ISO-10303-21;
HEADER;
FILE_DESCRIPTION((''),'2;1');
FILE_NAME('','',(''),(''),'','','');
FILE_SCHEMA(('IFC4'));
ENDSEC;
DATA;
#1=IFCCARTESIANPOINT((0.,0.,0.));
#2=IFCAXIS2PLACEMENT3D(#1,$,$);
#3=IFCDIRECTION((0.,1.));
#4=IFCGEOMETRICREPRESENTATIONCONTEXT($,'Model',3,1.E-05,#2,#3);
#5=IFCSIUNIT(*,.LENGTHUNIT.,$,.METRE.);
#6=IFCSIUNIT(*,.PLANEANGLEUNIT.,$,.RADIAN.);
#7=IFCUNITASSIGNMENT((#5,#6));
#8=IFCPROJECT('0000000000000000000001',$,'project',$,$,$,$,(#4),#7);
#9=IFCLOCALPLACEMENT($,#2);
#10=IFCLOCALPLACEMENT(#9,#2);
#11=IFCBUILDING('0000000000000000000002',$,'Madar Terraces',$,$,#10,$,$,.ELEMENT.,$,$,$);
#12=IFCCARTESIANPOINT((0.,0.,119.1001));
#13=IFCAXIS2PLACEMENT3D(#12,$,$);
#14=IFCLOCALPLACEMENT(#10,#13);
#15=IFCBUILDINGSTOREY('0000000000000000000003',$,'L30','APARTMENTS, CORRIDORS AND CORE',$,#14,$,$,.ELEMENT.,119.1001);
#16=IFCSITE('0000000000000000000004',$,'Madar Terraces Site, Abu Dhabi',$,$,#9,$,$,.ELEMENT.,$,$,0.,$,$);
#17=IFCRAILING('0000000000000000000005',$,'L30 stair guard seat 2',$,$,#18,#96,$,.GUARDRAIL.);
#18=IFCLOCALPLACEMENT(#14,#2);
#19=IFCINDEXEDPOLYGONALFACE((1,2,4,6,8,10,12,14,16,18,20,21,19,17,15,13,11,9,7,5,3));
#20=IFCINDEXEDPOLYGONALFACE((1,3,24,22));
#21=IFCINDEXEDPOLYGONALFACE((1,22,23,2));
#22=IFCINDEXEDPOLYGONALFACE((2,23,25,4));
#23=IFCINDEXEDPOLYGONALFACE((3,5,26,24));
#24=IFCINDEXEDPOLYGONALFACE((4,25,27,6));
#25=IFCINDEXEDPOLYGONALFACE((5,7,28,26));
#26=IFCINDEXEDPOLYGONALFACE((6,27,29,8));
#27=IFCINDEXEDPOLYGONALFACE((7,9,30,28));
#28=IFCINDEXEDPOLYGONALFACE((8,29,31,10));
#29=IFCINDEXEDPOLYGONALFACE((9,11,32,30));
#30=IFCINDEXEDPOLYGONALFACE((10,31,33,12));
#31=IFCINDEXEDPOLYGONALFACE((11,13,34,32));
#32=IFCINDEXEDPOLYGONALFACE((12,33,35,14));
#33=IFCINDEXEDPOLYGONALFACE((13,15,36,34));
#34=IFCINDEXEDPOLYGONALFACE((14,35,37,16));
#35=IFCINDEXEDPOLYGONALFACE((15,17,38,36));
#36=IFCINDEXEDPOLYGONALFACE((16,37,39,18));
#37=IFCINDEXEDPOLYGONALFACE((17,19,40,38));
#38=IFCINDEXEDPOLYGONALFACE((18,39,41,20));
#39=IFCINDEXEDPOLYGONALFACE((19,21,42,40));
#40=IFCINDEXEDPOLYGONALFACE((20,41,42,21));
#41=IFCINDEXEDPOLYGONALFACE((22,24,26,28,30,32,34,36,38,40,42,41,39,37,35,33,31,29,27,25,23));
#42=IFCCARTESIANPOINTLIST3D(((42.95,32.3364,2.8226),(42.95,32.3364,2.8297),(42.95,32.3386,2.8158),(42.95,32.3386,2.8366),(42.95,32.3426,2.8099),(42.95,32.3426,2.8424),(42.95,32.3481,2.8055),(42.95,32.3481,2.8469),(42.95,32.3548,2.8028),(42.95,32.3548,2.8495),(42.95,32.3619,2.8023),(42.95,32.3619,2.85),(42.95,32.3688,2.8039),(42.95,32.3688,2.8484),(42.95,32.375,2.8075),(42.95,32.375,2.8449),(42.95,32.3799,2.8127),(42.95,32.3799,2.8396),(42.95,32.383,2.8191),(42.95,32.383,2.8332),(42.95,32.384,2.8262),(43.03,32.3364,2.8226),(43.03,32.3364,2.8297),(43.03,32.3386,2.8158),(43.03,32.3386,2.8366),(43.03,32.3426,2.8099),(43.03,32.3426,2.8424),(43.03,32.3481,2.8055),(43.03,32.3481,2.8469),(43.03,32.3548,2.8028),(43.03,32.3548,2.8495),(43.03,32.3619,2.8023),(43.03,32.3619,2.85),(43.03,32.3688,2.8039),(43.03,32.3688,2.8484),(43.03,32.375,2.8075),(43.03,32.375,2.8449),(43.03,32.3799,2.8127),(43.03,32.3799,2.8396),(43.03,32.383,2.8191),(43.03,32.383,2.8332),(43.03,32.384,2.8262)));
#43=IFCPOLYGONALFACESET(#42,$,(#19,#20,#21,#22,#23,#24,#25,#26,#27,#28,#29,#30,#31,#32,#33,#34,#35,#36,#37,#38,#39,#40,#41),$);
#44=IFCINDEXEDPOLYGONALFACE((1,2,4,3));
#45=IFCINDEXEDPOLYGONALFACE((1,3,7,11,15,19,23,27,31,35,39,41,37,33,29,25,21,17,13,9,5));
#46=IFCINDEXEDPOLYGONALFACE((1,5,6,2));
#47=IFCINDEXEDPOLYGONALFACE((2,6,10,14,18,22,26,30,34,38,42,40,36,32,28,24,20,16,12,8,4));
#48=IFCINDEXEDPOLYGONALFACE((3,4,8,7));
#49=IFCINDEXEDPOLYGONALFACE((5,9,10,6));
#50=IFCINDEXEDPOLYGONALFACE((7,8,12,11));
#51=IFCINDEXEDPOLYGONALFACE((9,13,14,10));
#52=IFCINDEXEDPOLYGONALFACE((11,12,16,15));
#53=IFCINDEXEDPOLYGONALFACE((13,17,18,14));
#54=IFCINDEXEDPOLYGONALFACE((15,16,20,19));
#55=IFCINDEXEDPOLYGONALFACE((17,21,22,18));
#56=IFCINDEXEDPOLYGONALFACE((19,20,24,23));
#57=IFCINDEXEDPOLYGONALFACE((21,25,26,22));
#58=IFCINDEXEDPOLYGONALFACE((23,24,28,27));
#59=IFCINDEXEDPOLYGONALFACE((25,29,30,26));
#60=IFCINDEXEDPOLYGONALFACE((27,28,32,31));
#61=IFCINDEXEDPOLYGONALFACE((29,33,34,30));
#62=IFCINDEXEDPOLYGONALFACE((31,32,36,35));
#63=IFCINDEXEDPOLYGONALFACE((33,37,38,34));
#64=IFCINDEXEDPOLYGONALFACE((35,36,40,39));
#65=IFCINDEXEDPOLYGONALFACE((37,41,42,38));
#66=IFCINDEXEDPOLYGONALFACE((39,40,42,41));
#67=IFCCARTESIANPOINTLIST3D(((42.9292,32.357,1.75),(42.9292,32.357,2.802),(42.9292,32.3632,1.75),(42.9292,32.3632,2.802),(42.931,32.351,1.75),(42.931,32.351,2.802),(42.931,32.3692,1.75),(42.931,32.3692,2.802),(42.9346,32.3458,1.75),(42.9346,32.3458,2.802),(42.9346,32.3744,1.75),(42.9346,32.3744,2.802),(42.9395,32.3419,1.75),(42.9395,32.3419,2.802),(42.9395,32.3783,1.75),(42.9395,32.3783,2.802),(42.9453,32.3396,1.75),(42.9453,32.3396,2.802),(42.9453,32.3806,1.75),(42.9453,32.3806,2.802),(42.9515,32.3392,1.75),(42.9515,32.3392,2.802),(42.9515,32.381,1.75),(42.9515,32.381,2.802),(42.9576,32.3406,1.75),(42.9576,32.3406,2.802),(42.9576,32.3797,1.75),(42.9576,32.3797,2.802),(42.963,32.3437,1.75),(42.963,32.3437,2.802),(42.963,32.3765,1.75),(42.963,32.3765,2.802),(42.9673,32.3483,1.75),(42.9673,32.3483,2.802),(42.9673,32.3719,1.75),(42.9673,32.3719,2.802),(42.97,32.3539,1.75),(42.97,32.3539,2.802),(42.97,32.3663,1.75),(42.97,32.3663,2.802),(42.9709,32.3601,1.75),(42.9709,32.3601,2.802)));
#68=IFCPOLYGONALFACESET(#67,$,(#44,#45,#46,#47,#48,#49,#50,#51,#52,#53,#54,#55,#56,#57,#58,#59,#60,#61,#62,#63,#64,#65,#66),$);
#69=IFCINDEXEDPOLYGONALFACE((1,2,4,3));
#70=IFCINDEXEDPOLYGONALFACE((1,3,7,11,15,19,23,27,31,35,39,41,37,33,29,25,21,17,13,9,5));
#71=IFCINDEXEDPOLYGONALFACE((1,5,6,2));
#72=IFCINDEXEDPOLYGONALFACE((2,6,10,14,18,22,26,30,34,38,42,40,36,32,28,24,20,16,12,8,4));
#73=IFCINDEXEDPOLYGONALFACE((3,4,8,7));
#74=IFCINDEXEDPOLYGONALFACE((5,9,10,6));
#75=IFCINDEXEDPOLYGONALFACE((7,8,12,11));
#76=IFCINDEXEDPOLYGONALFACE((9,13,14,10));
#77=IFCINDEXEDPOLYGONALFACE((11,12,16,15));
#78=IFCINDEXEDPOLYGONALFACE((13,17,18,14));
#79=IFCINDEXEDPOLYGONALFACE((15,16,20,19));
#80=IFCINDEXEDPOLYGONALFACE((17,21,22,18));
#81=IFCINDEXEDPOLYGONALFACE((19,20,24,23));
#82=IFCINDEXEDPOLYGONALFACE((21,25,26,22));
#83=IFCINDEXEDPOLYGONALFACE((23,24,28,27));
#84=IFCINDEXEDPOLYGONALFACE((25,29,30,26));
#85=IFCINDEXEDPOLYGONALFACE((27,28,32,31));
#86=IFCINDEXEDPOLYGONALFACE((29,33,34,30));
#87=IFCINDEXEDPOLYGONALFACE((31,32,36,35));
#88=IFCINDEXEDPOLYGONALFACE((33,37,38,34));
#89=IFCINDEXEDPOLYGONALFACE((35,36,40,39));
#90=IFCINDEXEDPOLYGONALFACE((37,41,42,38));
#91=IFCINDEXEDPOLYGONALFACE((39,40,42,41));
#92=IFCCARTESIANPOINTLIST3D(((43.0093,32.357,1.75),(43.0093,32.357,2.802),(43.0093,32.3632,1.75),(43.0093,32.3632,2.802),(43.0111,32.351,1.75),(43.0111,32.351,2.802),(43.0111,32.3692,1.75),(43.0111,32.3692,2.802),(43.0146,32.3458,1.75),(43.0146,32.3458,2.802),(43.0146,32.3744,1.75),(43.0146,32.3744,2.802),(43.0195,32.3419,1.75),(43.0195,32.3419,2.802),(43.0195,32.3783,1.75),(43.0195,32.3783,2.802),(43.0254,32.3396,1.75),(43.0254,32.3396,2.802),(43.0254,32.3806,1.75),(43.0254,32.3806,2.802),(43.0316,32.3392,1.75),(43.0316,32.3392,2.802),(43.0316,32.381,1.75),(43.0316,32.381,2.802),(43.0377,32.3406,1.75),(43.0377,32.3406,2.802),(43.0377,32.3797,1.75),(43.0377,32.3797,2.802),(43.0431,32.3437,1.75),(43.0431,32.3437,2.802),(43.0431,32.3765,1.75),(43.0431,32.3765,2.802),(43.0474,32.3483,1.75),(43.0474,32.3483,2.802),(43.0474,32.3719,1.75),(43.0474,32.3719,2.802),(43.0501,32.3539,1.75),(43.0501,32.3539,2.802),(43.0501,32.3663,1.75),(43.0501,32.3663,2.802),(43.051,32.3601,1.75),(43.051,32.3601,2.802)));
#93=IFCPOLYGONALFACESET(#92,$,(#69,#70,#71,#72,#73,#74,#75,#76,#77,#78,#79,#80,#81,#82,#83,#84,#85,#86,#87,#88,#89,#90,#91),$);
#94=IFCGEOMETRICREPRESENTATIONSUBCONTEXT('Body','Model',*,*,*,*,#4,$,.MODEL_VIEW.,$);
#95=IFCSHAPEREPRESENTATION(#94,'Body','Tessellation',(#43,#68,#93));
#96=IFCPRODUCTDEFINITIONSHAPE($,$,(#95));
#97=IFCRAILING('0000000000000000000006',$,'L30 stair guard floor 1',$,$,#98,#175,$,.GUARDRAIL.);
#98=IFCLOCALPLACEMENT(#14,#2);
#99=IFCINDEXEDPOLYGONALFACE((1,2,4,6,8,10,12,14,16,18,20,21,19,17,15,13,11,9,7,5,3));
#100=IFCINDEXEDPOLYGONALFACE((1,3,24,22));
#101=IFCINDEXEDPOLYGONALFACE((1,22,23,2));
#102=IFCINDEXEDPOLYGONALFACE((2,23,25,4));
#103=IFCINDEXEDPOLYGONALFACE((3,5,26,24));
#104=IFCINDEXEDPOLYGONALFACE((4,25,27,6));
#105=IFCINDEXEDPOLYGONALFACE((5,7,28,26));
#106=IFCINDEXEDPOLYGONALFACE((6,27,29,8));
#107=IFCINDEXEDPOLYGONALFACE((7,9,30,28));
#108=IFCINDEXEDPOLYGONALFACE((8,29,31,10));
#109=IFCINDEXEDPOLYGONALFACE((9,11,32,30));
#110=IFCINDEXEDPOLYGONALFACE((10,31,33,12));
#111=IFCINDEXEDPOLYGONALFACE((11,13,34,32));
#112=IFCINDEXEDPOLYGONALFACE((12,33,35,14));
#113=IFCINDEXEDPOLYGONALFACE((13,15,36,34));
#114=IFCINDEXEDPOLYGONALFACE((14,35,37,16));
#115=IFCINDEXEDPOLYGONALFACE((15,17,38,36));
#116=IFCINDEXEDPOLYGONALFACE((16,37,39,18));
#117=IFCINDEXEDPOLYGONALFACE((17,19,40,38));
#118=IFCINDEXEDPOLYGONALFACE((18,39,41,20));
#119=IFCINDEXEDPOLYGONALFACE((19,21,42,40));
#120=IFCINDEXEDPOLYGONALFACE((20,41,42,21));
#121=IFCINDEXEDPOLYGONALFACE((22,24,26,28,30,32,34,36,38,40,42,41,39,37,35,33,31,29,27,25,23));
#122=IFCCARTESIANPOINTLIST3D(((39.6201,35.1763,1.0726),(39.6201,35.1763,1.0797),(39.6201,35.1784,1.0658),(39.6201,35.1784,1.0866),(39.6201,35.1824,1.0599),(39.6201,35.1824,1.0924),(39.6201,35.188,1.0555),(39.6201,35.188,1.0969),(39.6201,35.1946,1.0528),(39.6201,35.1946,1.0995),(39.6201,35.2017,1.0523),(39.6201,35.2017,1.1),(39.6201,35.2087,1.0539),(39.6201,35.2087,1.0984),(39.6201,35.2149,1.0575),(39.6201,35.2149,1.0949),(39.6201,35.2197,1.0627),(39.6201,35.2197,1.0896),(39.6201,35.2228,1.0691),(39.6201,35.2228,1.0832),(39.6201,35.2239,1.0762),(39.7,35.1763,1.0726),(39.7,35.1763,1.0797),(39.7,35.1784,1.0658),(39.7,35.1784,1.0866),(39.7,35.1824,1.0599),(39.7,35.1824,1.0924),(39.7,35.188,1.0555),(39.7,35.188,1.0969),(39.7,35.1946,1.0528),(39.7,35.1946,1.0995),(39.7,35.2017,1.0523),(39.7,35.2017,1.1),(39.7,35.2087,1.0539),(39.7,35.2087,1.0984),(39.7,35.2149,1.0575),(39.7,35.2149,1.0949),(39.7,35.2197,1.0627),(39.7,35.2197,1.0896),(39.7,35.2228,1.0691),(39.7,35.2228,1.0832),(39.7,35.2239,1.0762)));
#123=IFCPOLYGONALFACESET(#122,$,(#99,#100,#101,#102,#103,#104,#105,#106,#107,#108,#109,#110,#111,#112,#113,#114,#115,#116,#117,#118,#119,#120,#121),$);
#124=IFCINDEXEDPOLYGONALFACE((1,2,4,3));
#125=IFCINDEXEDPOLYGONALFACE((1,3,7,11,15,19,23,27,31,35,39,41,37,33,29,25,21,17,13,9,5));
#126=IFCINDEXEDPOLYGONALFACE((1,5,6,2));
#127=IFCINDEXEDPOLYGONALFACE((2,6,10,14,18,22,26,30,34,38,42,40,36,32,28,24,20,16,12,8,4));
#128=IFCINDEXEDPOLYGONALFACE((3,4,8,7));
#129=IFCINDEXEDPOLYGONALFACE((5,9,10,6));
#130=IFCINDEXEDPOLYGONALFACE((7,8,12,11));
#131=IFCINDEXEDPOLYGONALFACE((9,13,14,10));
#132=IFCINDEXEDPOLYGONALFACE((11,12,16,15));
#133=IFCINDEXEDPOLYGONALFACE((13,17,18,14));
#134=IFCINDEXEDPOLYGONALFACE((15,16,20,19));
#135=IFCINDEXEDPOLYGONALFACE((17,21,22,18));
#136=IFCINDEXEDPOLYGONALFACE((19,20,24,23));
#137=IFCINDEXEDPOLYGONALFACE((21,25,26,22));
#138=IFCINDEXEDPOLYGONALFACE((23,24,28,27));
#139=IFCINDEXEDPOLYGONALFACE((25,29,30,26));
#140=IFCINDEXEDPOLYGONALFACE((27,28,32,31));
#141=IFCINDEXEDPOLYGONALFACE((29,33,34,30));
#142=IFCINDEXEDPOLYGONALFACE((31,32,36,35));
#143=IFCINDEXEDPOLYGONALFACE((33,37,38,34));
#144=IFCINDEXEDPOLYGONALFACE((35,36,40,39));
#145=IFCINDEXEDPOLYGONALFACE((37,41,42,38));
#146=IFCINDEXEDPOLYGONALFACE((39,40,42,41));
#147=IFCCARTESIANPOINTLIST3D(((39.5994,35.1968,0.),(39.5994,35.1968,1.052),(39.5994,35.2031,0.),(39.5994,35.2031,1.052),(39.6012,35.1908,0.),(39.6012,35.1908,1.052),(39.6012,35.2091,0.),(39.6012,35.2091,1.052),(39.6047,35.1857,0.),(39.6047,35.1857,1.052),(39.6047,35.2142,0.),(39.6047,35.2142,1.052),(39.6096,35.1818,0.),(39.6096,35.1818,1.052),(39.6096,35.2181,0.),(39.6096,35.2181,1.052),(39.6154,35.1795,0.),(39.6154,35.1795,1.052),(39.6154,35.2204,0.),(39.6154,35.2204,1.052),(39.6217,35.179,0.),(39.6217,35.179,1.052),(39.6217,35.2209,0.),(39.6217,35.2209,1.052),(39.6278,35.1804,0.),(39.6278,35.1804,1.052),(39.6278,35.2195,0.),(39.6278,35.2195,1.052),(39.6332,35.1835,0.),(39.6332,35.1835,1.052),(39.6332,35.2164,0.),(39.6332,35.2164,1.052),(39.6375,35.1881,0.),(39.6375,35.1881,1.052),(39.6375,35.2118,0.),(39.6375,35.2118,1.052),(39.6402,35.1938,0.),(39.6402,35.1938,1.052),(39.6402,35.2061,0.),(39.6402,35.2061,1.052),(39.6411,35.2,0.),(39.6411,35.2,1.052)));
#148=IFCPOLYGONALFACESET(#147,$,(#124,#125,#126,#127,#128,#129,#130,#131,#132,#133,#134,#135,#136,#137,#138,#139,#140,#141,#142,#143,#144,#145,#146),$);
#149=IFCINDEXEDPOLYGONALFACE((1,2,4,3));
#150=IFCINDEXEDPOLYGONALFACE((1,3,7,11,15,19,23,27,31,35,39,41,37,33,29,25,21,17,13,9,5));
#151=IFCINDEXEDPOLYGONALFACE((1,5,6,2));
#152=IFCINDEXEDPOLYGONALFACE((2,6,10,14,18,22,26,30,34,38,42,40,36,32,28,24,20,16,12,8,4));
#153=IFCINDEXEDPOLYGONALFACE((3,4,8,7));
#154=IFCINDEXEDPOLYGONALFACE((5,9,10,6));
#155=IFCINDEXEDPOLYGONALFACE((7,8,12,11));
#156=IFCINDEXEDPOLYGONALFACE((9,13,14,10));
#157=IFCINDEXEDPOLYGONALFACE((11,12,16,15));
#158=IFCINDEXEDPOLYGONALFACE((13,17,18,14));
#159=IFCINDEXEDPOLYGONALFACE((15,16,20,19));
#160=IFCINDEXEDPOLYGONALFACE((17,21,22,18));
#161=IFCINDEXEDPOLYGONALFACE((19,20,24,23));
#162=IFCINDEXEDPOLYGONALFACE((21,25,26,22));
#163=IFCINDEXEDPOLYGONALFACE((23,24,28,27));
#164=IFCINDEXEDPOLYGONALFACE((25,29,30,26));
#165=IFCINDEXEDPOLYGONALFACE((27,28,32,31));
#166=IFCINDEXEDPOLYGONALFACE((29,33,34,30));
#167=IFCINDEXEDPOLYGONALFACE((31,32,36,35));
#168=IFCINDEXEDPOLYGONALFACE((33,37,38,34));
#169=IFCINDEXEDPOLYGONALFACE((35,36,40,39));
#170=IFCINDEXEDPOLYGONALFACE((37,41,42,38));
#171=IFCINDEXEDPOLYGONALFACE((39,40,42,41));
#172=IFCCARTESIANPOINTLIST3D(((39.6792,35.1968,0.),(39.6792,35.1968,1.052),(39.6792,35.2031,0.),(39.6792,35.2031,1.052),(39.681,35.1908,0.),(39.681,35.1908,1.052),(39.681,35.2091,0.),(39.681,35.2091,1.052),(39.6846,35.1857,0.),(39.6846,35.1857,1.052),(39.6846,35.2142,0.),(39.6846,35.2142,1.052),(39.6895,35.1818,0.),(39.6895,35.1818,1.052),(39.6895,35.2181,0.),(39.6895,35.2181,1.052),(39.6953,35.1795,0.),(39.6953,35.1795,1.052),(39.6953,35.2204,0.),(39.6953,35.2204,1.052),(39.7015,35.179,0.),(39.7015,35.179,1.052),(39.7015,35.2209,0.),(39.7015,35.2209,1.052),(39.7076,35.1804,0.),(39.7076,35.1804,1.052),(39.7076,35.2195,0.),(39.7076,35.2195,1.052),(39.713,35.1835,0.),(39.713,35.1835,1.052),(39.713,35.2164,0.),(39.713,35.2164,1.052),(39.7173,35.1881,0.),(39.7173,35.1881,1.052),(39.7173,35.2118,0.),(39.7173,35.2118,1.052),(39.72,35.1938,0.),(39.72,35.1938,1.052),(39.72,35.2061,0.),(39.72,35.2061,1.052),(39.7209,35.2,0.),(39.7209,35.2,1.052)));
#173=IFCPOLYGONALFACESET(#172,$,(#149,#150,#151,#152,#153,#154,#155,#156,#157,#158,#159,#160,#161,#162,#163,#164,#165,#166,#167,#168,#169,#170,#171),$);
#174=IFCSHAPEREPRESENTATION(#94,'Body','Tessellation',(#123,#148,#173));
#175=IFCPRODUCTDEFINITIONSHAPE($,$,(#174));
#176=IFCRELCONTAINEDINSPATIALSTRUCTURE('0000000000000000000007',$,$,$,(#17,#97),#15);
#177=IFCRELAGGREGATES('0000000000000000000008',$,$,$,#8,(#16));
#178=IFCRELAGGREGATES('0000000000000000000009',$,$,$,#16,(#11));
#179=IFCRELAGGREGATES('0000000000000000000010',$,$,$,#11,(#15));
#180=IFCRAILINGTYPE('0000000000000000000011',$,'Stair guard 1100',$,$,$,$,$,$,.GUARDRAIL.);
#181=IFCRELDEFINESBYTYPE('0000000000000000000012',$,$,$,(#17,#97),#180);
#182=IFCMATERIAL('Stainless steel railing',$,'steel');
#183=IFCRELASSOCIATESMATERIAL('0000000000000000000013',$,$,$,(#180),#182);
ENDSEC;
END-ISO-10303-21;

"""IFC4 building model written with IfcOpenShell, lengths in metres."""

from ifc_helpers import new_model, si_unit, direction, frame, origin, origin_2d, place, context, subcontext, project, spatial, circle, extrude, material, type_object, element, save


model = new_model("IFC4")

# Units and contexts
model_context = context("Model", 3, precision=1e-05, world=origin(), true_north=direction((0.0, 1.0)))
body_context = subcontext(model_context, "Body", "Model", "MODEL_VIEW")
ifc_project = project(units=[si_unit("LENGTHUNIT", "METRE"), si_unit("PLANEANGLEUNIT", "RADIAN")], contexts=[model_context])

# Site, building, storey
site_placement = place(None, origin())
site = spatial("IfcSite", under=ifc_project, at=site_placement, Name="Madar Terraces Site, Abu Dhabi", CompositionType="ELEMENT", RefElevation=0.0)
building_placement = place(site_placement, origin())
building = spatial("IfcBuilding", under=site, at=building_placement, Name="Madar Terraces", CompositionType="ELEMENT")
storey_placement = place(building_placement, frame((0.0, 0.0, 119.1001)))
storey = spatial("IfcBuildingStorey", under=building, at=storey_placement, Name="L30", Description="APARTMENTS, CORRIDORS AND CORE", CompositionType="ELEMENT", Elevation=119.1001)

# Railings
ifc_material_1 = material(Name="Stainless steel railing", Category="steel")
railing_type_1 = type_object("IfcRailingType", Name="Stair guard 1100", PredefinedType="GUARDRAIL", material=ifc_material_1)
railing_1_placement = place(storey_placement, frame((42.95, 32.3601, 1.75)))
element("IfcRailing", 1, at=railing_1_placement, inside=storey, type_object=railing_type_1, Name="L30 stair guard seat 2", PredefinedType="GUARDRAIL", context=body_context, shape_type="SweptSolid", body=[
    extrude(circle(Radius=0.0239, at=origin_2d()), frame((0.0, 0.0, 1.0762), z_axis=(1.0, 0.0, 0.0), x_axis=(0.0, 1.0, 0.0)), (0.0, 0.0, 1.0), 0.0801),
    extrude(circle(Radius=0.021, at=origin_2d()), origin(), (0.0, 0.0, 1.0), 1.052),
    extrude(circle(Radius=0.021, at=origin_2d()), frame((0.0801, 0.0, 0.0)), (0.0, 0.0, 1.0), 1.052),
])
railing_2_placement = place(storey_placement, frame((39.6201, 35.2, 0.0)))
element("IfcRailing", 2, at=railing_2_placement, inside=storey, type_object=railing_type_1, Name="L30 stair guard floor 1", PredefinedType="GUARDRAIL", context=body_context, shape_type="SweptSolid", body=[
    extrude(circle(Radius=0.0239, at=origin_2d()), frame((0.0, 0.0, 1.0762), z_axis=(1.0, 0.0, 0.0), x_axis=(0.0, 1.0, 0.0)), (0.0, 0.0, 1.0), 0.0798),
    extrude(circle(Radius=0.021, at=origin_2d()), origin(), (0.0, 0.0, 1.0), 1.052),
    extrude(circle(Radius=0.021, at=origin_2d()), frame((0.0798, 0.0, 0.0)), (0.0, 0.0, 1.0), 1.052),
])

save(model, "model.ifc")
